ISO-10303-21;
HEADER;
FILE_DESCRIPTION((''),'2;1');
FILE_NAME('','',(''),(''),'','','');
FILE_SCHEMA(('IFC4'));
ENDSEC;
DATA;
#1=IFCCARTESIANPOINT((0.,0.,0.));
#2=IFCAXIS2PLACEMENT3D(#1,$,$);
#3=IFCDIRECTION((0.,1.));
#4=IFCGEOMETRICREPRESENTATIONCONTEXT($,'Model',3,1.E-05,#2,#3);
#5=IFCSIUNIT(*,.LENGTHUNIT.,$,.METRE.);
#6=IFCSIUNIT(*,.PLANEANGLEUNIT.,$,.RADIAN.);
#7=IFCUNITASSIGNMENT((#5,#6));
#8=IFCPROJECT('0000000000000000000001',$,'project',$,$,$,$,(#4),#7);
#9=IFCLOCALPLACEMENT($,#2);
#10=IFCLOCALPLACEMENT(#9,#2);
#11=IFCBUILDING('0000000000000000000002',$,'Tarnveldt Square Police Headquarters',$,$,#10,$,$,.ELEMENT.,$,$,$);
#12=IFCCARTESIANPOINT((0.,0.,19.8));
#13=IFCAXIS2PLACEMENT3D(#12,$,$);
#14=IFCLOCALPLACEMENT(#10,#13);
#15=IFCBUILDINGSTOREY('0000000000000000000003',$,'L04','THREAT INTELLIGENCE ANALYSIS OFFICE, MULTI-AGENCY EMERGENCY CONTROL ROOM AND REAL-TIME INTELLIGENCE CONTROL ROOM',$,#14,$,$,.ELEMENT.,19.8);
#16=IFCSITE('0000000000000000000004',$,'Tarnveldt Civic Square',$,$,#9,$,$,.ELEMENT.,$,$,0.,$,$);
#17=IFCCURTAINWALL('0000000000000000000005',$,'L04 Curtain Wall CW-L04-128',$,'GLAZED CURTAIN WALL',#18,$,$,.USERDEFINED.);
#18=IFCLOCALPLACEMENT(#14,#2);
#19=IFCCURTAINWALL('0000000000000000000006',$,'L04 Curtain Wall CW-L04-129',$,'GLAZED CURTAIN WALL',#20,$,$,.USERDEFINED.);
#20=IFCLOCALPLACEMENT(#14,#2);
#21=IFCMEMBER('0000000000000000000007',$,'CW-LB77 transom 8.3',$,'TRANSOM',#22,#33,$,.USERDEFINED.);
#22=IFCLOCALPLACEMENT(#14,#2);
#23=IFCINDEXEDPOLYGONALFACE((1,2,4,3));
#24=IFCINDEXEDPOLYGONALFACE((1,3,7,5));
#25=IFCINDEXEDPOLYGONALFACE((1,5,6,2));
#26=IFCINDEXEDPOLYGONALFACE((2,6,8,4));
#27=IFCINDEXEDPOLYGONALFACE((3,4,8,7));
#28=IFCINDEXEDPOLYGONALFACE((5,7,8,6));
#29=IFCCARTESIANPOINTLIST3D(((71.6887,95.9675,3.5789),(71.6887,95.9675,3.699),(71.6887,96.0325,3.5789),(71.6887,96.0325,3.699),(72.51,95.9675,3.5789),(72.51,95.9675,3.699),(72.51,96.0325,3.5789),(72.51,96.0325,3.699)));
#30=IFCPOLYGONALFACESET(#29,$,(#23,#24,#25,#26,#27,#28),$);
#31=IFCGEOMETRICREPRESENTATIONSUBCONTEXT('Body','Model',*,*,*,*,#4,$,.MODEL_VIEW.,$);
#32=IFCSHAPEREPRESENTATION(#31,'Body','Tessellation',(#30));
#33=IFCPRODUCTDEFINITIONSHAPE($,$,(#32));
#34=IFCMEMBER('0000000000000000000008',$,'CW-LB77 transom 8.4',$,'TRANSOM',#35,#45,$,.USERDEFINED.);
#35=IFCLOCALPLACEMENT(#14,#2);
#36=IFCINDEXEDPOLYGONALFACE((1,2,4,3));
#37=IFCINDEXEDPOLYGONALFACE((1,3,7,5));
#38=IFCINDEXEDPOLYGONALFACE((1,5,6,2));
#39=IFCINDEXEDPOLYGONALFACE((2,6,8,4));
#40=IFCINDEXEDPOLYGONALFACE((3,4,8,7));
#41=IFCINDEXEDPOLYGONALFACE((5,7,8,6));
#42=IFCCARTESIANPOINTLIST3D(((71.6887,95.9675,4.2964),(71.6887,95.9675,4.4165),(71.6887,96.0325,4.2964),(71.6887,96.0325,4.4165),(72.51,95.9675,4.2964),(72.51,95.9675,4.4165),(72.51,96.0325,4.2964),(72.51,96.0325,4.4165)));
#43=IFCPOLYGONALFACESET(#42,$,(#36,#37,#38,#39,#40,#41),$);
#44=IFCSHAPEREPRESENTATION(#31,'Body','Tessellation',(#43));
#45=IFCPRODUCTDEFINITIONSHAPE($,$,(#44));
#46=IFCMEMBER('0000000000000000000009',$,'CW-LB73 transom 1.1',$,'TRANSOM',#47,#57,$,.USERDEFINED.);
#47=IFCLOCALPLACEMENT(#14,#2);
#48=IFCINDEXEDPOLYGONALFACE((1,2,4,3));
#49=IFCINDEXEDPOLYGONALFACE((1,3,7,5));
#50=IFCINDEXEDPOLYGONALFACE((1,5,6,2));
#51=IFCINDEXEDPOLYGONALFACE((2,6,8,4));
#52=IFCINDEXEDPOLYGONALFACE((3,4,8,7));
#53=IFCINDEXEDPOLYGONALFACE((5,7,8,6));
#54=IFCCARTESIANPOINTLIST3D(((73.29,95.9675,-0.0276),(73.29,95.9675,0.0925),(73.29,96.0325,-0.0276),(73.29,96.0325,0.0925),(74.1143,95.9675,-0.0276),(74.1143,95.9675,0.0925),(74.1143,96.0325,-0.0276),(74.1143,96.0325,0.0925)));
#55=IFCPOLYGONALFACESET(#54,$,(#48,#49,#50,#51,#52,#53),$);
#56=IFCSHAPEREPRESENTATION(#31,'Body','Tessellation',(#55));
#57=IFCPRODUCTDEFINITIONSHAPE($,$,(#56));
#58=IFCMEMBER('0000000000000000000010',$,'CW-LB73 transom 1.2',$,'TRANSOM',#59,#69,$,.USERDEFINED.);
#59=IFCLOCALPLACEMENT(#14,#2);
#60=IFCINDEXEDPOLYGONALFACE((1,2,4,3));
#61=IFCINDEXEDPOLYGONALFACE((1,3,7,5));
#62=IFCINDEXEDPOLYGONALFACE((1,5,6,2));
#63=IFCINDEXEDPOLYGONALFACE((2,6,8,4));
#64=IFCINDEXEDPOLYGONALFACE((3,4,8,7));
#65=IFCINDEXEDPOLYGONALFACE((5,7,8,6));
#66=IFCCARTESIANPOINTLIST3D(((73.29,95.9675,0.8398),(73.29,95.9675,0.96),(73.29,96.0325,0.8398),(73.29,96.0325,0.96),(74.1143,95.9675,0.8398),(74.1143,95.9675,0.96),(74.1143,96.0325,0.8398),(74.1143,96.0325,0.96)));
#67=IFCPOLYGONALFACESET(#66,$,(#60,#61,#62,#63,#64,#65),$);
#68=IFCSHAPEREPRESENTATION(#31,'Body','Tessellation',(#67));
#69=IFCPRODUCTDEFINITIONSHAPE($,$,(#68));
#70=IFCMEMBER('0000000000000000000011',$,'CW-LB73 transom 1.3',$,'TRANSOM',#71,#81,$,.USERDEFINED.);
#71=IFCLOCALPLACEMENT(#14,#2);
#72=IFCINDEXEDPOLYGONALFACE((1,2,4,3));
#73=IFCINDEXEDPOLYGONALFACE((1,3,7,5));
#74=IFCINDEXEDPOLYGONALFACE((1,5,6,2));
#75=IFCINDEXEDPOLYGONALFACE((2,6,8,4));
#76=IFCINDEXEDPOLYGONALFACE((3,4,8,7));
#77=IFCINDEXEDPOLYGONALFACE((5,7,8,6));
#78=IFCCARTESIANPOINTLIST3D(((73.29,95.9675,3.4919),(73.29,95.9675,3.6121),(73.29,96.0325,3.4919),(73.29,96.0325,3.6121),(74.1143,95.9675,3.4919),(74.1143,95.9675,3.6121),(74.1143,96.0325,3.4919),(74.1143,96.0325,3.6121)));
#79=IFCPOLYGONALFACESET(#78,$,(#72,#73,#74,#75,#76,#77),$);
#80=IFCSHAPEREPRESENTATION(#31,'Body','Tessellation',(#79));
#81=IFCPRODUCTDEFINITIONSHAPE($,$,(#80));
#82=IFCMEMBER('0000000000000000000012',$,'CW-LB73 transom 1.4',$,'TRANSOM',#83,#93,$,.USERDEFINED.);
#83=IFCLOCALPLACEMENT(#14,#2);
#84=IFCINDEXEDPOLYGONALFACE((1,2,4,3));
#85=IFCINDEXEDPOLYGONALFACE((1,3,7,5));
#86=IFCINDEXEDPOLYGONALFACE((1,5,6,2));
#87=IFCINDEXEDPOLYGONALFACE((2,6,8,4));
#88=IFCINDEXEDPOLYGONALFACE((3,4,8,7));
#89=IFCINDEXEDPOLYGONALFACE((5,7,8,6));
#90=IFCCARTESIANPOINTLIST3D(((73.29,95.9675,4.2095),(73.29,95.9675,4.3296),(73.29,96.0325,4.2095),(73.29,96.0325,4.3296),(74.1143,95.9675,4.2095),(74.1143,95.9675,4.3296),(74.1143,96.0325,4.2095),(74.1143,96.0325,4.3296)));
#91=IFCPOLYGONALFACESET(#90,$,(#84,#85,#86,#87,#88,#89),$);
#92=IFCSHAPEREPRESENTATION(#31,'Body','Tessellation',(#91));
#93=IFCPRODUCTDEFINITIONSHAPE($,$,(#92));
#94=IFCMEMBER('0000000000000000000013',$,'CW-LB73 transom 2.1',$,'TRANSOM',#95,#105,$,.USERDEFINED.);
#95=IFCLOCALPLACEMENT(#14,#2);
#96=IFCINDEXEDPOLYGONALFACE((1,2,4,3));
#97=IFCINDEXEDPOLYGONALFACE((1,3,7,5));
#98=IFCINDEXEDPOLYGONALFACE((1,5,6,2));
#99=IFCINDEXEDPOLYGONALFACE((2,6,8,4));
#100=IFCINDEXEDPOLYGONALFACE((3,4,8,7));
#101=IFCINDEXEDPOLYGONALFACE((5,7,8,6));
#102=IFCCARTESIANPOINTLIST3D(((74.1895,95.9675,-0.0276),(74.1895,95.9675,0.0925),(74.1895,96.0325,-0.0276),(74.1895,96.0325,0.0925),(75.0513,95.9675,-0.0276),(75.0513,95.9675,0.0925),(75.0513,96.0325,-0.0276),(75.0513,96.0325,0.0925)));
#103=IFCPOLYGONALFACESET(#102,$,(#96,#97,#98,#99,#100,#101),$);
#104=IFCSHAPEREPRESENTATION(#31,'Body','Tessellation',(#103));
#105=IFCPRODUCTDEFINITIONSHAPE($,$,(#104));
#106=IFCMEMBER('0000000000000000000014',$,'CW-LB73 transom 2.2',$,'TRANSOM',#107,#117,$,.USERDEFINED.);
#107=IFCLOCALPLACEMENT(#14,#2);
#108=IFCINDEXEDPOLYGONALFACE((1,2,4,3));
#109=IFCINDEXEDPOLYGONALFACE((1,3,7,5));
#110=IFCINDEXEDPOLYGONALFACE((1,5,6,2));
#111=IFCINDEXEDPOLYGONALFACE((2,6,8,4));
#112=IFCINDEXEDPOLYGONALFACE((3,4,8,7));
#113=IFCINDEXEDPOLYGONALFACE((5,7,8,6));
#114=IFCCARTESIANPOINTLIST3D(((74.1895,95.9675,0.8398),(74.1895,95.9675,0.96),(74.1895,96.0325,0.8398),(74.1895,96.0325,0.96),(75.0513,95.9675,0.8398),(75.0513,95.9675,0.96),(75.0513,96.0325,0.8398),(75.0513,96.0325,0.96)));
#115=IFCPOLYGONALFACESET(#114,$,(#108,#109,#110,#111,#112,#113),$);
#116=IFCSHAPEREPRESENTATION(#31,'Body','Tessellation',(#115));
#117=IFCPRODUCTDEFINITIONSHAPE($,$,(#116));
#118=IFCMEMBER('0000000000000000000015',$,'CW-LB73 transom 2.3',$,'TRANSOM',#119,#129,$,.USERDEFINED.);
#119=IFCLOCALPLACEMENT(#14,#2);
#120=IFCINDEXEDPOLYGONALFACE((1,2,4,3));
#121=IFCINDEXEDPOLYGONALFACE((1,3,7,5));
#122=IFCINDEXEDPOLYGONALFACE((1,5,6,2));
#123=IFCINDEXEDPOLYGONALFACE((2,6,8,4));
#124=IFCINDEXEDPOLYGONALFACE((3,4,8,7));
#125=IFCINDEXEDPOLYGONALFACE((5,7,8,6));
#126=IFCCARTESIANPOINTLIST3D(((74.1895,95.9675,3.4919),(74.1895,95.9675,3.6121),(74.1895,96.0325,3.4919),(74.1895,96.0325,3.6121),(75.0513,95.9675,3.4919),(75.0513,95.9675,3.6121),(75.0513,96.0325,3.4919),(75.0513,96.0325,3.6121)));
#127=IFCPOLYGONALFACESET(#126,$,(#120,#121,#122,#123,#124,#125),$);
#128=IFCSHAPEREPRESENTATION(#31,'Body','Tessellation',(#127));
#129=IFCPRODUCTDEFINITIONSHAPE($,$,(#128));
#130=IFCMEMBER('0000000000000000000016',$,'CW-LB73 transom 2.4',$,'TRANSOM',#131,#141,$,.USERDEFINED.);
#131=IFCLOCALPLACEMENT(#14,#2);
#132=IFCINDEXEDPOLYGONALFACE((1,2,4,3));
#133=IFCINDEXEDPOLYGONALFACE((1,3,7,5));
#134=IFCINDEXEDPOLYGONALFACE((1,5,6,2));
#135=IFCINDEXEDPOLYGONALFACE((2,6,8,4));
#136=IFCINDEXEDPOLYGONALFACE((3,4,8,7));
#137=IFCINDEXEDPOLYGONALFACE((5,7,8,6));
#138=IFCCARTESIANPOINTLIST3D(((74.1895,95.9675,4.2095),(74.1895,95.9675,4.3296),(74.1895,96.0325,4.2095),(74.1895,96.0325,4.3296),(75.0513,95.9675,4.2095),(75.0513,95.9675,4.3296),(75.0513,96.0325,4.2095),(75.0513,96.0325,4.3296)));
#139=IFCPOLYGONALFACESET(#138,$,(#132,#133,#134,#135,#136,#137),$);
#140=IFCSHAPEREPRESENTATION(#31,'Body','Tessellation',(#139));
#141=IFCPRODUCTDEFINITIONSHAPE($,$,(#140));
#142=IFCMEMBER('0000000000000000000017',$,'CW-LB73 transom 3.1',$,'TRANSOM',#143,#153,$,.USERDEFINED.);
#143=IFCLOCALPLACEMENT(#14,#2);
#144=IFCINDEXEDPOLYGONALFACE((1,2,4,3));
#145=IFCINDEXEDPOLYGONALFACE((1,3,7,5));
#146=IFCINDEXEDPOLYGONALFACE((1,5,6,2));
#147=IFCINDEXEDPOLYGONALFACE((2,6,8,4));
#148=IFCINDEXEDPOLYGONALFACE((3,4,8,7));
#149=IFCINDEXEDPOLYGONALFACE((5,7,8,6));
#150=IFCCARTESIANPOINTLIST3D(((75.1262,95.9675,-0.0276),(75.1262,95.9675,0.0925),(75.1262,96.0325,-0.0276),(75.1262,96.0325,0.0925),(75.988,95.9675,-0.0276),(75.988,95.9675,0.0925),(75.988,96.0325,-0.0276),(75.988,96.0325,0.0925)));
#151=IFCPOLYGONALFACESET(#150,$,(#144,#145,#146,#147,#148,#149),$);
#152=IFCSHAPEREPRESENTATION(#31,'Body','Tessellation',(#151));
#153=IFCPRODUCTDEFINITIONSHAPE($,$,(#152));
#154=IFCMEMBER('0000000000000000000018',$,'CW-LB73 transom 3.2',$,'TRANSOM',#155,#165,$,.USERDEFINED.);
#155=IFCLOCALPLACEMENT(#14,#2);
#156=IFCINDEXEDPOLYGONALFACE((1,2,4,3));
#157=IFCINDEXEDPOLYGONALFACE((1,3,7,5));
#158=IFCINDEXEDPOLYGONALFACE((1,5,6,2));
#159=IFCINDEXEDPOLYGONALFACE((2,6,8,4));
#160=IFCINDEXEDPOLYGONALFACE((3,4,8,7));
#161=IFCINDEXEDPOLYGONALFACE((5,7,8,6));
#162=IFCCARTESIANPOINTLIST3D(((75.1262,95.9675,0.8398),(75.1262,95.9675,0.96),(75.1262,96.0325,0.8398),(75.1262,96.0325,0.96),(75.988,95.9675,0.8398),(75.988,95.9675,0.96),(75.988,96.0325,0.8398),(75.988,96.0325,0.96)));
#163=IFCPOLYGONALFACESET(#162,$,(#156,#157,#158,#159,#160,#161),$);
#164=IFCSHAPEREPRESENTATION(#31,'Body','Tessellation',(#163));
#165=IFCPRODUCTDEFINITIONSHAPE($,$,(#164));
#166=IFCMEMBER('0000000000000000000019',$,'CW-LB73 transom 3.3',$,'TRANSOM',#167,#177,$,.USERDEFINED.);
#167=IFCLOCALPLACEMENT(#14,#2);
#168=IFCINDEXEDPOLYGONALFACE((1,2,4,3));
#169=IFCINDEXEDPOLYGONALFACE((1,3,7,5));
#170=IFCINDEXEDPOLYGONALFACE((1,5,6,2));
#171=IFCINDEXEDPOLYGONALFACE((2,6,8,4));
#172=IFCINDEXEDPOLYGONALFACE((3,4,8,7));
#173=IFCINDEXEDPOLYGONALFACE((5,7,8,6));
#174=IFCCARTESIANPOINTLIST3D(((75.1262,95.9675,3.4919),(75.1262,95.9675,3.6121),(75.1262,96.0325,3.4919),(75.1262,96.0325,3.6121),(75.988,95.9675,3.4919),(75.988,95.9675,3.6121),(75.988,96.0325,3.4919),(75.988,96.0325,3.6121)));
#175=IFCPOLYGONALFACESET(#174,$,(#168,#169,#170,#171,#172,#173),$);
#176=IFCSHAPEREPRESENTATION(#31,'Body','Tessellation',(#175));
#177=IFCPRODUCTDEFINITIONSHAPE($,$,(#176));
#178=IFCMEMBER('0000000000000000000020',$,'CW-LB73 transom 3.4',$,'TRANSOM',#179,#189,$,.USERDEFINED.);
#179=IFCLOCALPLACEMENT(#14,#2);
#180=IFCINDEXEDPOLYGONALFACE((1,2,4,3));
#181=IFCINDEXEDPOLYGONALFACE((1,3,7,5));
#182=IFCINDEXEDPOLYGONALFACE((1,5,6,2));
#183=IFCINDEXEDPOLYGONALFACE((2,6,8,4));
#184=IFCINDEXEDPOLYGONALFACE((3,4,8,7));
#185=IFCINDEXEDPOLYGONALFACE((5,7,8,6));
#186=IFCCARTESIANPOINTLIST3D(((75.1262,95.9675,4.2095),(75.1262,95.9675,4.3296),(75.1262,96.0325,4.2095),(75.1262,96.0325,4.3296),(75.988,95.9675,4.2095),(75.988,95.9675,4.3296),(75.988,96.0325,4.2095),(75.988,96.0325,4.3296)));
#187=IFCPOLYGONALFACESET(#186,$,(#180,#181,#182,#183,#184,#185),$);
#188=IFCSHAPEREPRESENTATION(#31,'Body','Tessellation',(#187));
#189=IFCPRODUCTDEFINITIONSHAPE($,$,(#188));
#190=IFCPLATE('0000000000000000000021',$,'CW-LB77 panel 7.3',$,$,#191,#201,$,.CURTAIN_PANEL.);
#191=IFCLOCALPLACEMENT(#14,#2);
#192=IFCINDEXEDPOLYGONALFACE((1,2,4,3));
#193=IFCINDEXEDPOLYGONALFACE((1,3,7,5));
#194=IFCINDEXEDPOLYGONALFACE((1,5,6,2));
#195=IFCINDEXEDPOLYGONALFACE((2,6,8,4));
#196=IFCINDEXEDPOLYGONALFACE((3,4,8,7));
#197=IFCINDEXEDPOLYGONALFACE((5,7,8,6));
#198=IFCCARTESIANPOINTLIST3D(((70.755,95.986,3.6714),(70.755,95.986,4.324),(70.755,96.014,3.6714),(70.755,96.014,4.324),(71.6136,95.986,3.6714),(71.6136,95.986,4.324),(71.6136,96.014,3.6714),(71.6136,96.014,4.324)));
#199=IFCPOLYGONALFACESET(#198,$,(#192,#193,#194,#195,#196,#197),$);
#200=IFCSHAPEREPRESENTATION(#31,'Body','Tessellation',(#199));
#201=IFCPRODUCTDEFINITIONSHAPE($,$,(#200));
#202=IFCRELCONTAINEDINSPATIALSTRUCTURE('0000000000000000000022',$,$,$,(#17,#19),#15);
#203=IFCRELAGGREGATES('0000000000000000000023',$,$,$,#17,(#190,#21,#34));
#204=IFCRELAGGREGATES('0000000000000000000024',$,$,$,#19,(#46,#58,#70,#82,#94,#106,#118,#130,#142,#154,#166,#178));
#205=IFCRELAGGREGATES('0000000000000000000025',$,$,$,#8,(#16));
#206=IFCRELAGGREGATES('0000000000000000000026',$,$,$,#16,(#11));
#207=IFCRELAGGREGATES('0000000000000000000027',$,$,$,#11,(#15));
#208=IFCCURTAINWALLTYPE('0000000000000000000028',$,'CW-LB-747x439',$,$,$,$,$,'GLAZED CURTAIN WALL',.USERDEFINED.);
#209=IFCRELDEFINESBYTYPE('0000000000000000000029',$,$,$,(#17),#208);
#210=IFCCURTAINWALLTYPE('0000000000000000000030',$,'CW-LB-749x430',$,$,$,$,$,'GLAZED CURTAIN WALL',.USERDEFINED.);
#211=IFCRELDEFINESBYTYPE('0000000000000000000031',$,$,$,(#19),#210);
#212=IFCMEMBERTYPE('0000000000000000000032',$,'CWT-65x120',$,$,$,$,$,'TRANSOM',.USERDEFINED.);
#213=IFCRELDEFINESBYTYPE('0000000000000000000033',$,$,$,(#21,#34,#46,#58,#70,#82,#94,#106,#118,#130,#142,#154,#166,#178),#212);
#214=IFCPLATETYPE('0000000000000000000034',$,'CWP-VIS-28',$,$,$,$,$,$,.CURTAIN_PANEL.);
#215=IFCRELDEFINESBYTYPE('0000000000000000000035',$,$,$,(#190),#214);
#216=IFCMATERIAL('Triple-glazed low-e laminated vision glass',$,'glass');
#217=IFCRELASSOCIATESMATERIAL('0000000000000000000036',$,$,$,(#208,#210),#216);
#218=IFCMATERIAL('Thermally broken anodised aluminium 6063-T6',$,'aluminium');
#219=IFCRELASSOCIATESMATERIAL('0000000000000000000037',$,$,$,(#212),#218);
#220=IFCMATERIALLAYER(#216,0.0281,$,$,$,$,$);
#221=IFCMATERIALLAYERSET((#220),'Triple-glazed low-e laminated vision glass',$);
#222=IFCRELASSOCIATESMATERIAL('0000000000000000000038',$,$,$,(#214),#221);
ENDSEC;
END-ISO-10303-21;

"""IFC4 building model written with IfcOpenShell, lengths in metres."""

from ifc_helpers import new_model, si_unit, direction, frame, origin, origin_2d, place, context, subcontext, project, spatial, rectangle, extrude, material, layer, layer_set, material_profile, profile_set, type_object, element, aggregate, save


model = new_model("IFC4")

# Units and contexts
model_context = context("Model", 3, precision=1e-05, world=origin(), true_north=direction((0.0, 1.0)))
body_context = subcontext(model_context, "Body", "Model", "MODEL_VIEW")
ifc_project = project(units=[si_unit("LENGTHUNIT", "METRE"), si_unit("PLANEANGLEUNIT", "RADIAN")], contexts=[model_context])

# Site, building, storey
site_placement = place(None, origin())
site = spatial("IfcSite", under=ifc_project, at=site_placement, Name="Tarnveldt Civic Square", CompositionType="ELEMENT", RefElevation=0.0)
building_placement = place(site_placement, origin())
building = spatial("IfcBuilding", under=site, at=building_placement, Name="Tarnveldt Square Police Headquarters", CompositionType="ELEMENT")
storey_placement = place(building_placement, frame((0.0, 0.0, 19.8)))
storey = spatial("IfcBuildingStorey", under=building, at=storey_placement, Name="L04", Description="THREAT INTELLIGENCE ANALYSIS OFFICE, MULTI-AGENCY EMERGENCY CONTROL ROOM AND REAL-TIME INTELLIGENCE CONTROL ROOM", CompositionType="ELEMENT", Elevation=19.8)

# Curtain walls
ifc_material_1 = material(Name="Triple-glazed low-e laminated vision glass", Category="glass")
curtain_wall_type_1 = type_object("IfcCurtainWallType", Name="CW-LB-747x439", ElementType="GLAZED CURTAIN WALL", PredefinedType="USERDEFINED", material=ifc_material_1)
curtain_wall_1_placement = place(storey_placement, origin())
curtain_wall_1 = element("IfcCurtainWall", 1, at=curtain_wall_1_placement, inside=storey, type_object=curtain_wall_type_1, Name="L04 Curtain Wall CW-L04-128", ObjectType="GLAZED CURTAIN WALL", PredefinedType="USERDEFINED")
ifc_material_2 = material(Name="Thermally broken anodised aluminium 6063-T6", Category="aluminium")
curtain_wall_type_2 = type_object("IfcCurtainWallType", Name="CW-LB-749x430", ElementType="GLAZED CURTAIN WALL", PredefinedType="USERDEFINED", material=ifc_material_1)
curtain_wall_2_placement = place(storey_placement, origin())
curtain_wall_2 = element("IfcCurtainWall", 2, at=curtain_wall_2_placement, inside=storey, type_object=curtain_wall_type_2, Name="L04 Curtain Wall CW-L04-129", ObjectType="GLAZED CURTAIN WALL", PredefinedType="USERDEFINED")

# Members
ifc_material_profile_1 = material_profile(ifc_material_2, rectangle(XDim=0.0649, YDim=0.1201, at=origin_2d()), Name="CW-T65x120")
ifc_profile_set_1 = profile_set([ifc_material_profile_1], Name="Thermally broken anodised aluminium 6063-T6")
member_type_1 = type_object("IfcMemberType", Name="CWT-65x120", ElementType="TRANSOM", PredefinedType="USERDEFINED", material=ifc_profile_set_1)
member_1_placement = place(storey_placement, frame((71.6887, 96.0, 3.6389), z_axis=(1.0, 0.0, 0.0), x_axis=(0.0, 1.0, 0.0)))
member_1 = element("IfcMember", 3, at=member_1_placement, type_object=member_type_1, Name="CW-LB77 transom 8.3", ObjectType="TRANSOM", PredefinedType="USERDEFINED", context=body_context, shape_type="SweptSolid", body=[
    extrude(rectangle(XDim=0.0649, YDim=0.1201, at=origin_2d()), origin(), (0.0, 0.0, 1.0), 0.8213),
])
member_2_placement = place(storey_placement, frame((71.6887, 96.0, 4.3564), z_axis=(1.0, 0.0, 0.0), x_axis=(0.0, 1.0, 0.0)))
member_2 = element("IfcMember", 4, at=member_2_placement, type_object=member_type_1, Name="CW-LB77 transom 8.4", ObjectType="TRANSOM", PredefinedType="USERDEFINED", context=body_context, shape_type="SweptSolid", body=[
    extrude(rectangle(XDim=0.0649, YDim=0.1201, at=origin_2d()), origin(), (0.0, 0.0, 1.0), 0.8213),
])
member_3_placement = place(storey_placement, frame((73.29, 96.0, 0.0325), z_axis=(1.0, 0.0, 0.0), x_axis=(0.0, 1.0, 0.0)))
member_3 = element("IfcMember", 5, at=member_3_placement, type_object=member_type_1, Name="CW-LB73 transom 1.1", ObjectType="TRANSOM", PredefinedType="USERDEFINED", context=body_context, shape_type="SweptSolid", body=[
    extrude(rectangle(XDim=0.0649, YDim=0.1201, at=origin_2d()), origin(), (0.0, 0.0, 1.0), 0.8242),
])
member_4_placement = place(storey_placement, frame((73.29, 96.0, 0.8999), z_axis=(1.0, 0.0, 0.0), x_axis=(0.0, 1.0, 0.0)))
member_4 = element("IfcMember", 6, at=member_4_placement, type_object=member_type_1, Name="CW-LB73 transom 1.2", ObjectType="TRANSOM", PredefinedType="USERDEFINED", context=body_context, shape_type="SweptSolid", body=[
    extrude(rectangle(XDim=0.0649, YDim=0.1201, at=origin_2d()), origin(), (0.0, 0.0, 1.0), 0.8242),
])
member_5_placement = place(storey_placement, frame((73.29, 96.0, 3.552), z_axis=(1.0, 0.0, 0.0), x_axis=(0.0, 1.0, 0.0)))
member_5 = element("IfcMember", 7, at=member_5_placement, type_object=member_type_1, Name="CW-LB73 transom 1.3", ObjectType="TRANSOM", PredefinedType="USERDEFINED", context=body_context, shape_type="SweptSolid", body=[
    extrude(rectangle(XDim=0.0649, YDim=0.1201, at=origin_2d()), origin(), (0.0, 0.0, 1.0), 0.8242),
])
member_6_placement = place(storey_placement, frame((73.29, 96.0, 4.2695), z_axis=(1.0, 0.0, 0.0), x_axis=(0.0, 1.0, 0.0)))
member_6 = element("IfcMember", 8, at=member_6_placement, type_object=member_type_1, Name="CW-LB73 transom 1.4", ObjectType="TRANSOM", PredefinedType="USERDEFINED", context=body_context, shape_type="SweptSolid", body=[
    extrude(rectangle(XDim=0.0649, YDim=0.1201, at=origin_2d()), origin(), (0.0, 0.0, 1.0), 0.8242),
])
member_7_placement = place(storey_placement, frame((74.1895, 96.0, 0.0325), z_axis=(1.0, 0.0, 0.0), x_axis=(0.0, 1.0, 0.0)))
member_7 = element("IfcMember", 9, at=member_7_placement, type_object=member_type_1, Name="CW-LB73 transom 2.1", ObjectType="TRANSOM", PredefinedType="USERDEFINED", context=body_context, shape_type="SweptSolid", body=[
    extrude(rectangle(XDim=0.0649, YDim=0.1201, at=origin_2d()), origin(), (0.0, 0.0, 1.0), 0.8618),
])
member_8_placement = place(storey_placement, frame((74.1895, 96.0, 0.8999), z_axis=(1.0, 0.0, 0.0), x_axis=(0.0, 1.0, 0.0)))
member_8 = element("IfcMember", 10, at=member_8_placement, type_object=member_type_1, Name="CW-LB73 transom 2.2", ObjectType="TRANSOM", PredefinedType="USERDEFINED", context=body_context, shape_type="SweptSolid", body=[
    extrude(rectangle(XDim=0.0649, YDim=0.1201, at=origin_2d()), origin(), (0.0, 0.0, 1.0), 0.8618),
])
member_9_placement = place(storey_placement, frame((74.1895, 96.0, 3.552), z_axis=(1.0, 0.0, 0.0), x_axis=(0.0, 1.0, 0.0)))
member_9 = element("IfcMember", 11, at=member_9_placement, type_object=member_type_1, Name="CW-LB73 transom 2.3", ObjectType="TRANSOM", PredefinedType="USERDEFINED", context=body_context, shape_type="SweptSolid", body=[
    extrude(rectangle(XDim=0.0649, YDim=0.1201, at=origin_2d()), origin(), (0.0, 0.0, 1.0), 0.8618),
])
member_10_placement = place(storey_placement, frame((74.1895, 96.0, 4.2695), z_axis=(1.0, 0.0, 0.0), x_axis=(0.0, 1.0, 0.0)))
member_10 = element("IfcMember", 12, at=member_10_placement, type_object=member_type_1, Name="CW-LB73 transom 2.4", ObjectType="TRANSOM", PredefinedType="USERDEFINED", context=body_context, shape_type="SweptSolid", body=[
    extrude(rectangle(XDim=0.0649, YDim=0.1201, at=origin_2d()), origin(), (0.0, 0.0, 1.0), 0.8618),
])
member_11_placement = place(storey_placement, frame((75.1262, 96.0, 0.0325), z_axis=(1.0, 0.0, 0.0), x_axis=(0.0, 1.0, 0.0)))
member_11 = element("IfcMember", 13, at=member_11_placement, type_object=member_type_1, Name="CW-LB73 transom 3.1", ObjectType="TRANSOM", PredefinedType="USERDEFINED", context=body_context, shape_type="SweptSolid", body=[
    extrude(rectangle(XDim=0.0649, YDim=0.1201, at=origin_2d()), origin(), (0.0, 0.0, 1.0), 0.8618),
])
member_12_placement = place(storey_placement, frame((75.1262, 96.0, 0.8999), z_axis=(1.0, 0.0, 0.0), x_axis=(0.0, 1.0, 0.0)))
member_12 = element("IfcMember", 14, at=member_12_placement, type_object=member_type_1, Name="CW-LB73 transom 3.2", ObjectType="TRANSOM", PredefinedType="USERDEFINED", context=body_context, shape_type="SweptSolid", body=[
    extrude(rectangle(XDim=0.0649, YDim=0.1201, at=origin_2d()), origin(), (0.0, 0.0, 1.0), 0.8618),
])
member_13_placement = place(storey_placement, frame((75.1262, 96.0, 3.552), z_axis=(1.0, 0.0, 0.0), x_axis=(0.0, 1.0, 0.0)))
member_13 = element("IfcMember", 15, at=member_13_placement, type_object=member_type_1, Name="CW-LB73 transom 3.3", ObjectType="TRANSOM", PredefinedType="USERDEFINED", context=body_context, shape_type="SweptSolid", body=[
    extrude(rectangle(XDim=0.0649, YDim=0.1201, at=origin_2d()), origin(), (0.0, 0.0, 1.0), 0.8618),
])
member_14_placement = place(storey_placement, frame((75.1262, 96.0, 4.2695), z_axis=(1.0, 0.0, 0.0), x_axis=(0.0, 1.0, 0.0)))
member_14 = element("IfcMember", 16, at=member_14_placement, type_object=member_type_1, Name="CW-LB73 transom 3.4", ObjectType="TRANSOM", PredefinedType="USERDEFINED", context=body_context, shape_type="SweptSolid", body=[
    extrude(rectangle(XDim=0.0649, YDim=0.1201, at=origin_2d()), origin(), (0.0, 0.0, 1.0), 0.8618),
])

# Plate
ifc_layer = layer(ifc_material_1, 0.0281)
ifc_layer_set = layer_set([ifc_layer], Name="Triple-glazed low-e laminated vision glass")
plate_type = type_object("IfcPlateType", Name="CWP-VIS-28", PredefinedType="CURTAIN_PANEL", material=ifc_layer_set)
plate_1_placement = place(storey_placement, frame((71.1843, 96.0, 3.6714), z_axis=(0.0, 0.0, 1.0), x_axis=(1.0, 0.0, 0.0)))
plate_1 = element("IfcPlate", 17, at=plate_1_placement, type_object=plate_type, Name="CW-LB77 panel 7.3", PredefinedType="CURTAIN_PANEL", context=body_context, shape_type="SweptSolid", body=[
    extrude(rectangle(XDim=0.8586, YDim=0.0281, at=origin_2d()), origin(), (0.0, 0.0, 1.0), 0.6526),
])
aggregate(curtain_wall_1, [plate_1, member_1, member_2])
aggregate(curtain_wall_2, [member_3, member_4, member_5, member_6, member_7, member_8, member_9, member_10, member_11, member_12, member_13, member_14])

save(model, "model.ifc")
